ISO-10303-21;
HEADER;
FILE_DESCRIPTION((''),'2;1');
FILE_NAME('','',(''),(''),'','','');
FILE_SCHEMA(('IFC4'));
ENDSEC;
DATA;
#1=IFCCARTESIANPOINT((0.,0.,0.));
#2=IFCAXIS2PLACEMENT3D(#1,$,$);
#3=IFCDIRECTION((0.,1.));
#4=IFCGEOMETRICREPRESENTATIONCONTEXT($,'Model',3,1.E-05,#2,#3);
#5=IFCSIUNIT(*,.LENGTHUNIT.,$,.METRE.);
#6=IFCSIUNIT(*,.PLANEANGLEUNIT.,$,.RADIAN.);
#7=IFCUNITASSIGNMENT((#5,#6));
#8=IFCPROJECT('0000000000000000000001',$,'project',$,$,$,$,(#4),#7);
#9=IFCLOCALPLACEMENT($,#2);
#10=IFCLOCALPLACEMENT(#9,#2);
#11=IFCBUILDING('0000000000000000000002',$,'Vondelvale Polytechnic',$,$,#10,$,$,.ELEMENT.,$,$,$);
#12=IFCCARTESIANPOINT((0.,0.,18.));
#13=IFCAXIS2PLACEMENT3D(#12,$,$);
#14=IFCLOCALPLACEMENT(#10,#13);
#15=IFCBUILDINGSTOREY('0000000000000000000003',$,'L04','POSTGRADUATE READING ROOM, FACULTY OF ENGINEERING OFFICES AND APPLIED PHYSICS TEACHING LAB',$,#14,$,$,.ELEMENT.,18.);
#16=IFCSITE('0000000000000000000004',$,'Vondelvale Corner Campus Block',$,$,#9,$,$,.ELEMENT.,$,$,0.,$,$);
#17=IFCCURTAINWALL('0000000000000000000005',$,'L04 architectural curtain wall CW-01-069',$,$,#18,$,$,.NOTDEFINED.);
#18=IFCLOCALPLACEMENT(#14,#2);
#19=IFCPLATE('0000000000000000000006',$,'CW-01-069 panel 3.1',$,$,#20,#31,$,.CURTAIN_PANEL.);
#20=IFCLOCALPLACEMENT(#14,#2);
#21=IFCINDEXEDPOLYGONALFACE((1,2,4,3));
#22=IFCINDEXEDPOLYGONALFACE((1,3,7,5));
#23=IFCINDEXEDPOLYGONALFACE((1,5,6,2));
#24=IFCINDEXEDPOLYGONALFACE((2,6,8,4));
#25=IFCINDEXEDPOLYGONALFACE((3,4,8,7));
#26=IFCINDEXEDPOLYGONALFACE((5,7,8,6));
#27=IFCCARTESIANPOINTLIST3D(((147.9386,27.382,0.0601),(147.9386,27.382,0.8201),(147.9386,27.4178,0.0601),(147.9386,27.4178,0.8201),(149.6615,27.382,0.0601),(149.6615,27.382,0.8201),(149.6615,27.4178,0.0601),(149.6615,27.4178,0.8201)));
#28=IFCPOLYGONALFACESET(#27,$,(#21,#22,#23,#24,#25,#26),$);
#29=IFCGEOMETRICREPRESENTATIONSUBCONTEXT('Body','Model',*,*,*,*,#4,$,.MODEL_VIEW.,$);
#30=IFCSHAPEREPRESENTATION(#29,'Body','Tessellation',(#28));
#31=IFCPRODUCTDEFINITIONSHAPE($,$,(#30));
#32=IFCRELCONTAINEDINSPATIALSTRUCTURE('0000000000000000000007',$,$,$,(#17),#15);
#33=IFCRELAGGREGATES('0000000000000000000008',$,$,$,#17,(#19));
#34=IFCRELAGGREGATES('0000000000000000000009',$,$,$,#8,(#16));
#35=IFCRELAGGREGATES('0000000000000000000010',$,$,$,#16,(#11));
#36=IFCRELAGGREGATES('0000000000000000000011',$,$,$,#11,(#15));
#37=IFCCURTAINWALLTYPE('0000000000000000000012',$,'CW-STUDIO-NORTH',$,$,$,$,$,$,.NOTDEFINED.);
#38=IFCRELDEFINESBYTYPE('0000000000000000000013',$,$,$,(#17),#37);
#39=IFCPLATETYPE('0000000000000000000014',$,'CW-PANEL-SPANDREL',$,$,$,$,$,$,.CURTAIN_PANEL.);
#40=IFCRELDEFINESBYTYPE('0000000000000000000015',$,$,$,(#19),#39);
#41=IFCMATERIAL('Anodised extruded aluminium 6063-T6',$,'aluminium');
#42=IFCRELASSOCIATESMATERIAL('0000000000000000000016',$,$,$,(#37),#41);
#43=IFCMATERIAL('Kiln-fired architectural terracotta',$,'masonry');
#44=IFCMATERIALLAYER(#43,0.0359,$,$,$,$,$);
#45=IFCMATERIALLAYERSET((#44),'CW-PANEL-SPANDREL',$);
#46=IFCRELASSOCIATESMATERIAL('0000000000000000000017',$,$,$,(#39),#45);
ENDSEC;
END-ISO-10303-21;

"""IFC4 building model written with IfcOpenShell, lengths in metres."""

from ifc_helpers import new_model, si_unit, direction, frame, origin, origin_2d, place, context, subcontext, project, spatial, rectangle, extrude, material, layer, layer_set, type_object, element, aggregate, save


model = new_model("IFC4")

# Units and contexts
model_context = context("Model", 3, precision=1e-05, world=origin(), true_north=direction((0.0, 1.0)))
body_context = subcontext(model_context, "Body", "Model", "MODEL_VIEW")
ifc_project = project(units=[si_unit("LENGTHUNIT", "METRE"), si_unit("PLANEANGLEUNIT", "RADIAN")], contexts=[model_context])

# Site, building, storey
site_placement = place(None, origin())
site = spatial("IfcSite", under=ifc_project, at=site_placement, Name="Vondelvale Corner Campus Block", CompositionType="ELEMENT", RefElevation=0.0)
building_placement = place(site_placement, origin())
building = spatial("IfcBuilding", under=site, at=building_placement, Name="Vondelvale Polytechnic", CompositionType="ELEMENT")
storey_placement = place(building_placement, frame((0.0, 0.0, 18.0)))
storey = spatial("IfcBuildingStorey", under=building, at=storey_placement, Name="L04", Description="POSTGRADUATE READING ROOM, FACULTY OF ENGINEERING OFFICES AND APPLIED PHYSICS TEACHING LAB", CompositionType="ELEMENT", Elevation=18.0)

# Curtain wall
ifc_material_1 = material(Name="Anodised extruded aluminium 6063-T6", Category="aluminium")
curtain_wall_type = type_object("IfcCurtainWallType", Name="CW-STUDIO-NORTH", PredefinedType="NOTDEFINED", material=ifc_material_1)
curtain_wall_placement = place(storey_placement, origin())
curtain_wall = element("IfcCurtainWall", 1, at=curtain_wall_placement, inside=storey, type_object=curtain_wall_type, Name="L04 architectural curtain wall CW-01-069", PredefinedType="NOTDEFINED")

# Plate
ifc_material_2 = material(Name="Kiln-fired architectural terracotta", Category="masonry")
ifc_layer_1 = layer(ifc_material_2, 0.0359)
ifc_layer_set_1 = layer_set([ifc_layer_1], Name="CW-PANEL-SPANDREL")
plate_type_1 = type_object("IfcPlateType", Name="CW-PANEL-SPANDREL", PredefinedType="CURTAIN_PANEL", material=ifc_layer_set_1)
plate_1_placement = place(storey_placement, frame((148.8, 27.3999, 0.0601), z_axis=(0.0, 0.0, 1.0), x_axis=(1.0, 0.0, 0.0)))
plate_1 = element("IfcPlate", 2, at=plate_1_placement, type_object=plate_type_1, Name="CW-01-069 panel 3.1", PredefinedType="CURTAIN_PANEL", context=body_context, shape_type="SweptSolid", body=[
    extrude(rectangle(XDim=1.7229, YDim=0.0359, at=origin_2d()), origin(), (0.0, 0.0, 1.0), 0.76),
])
aggregate(curtain_wall, [plate_1])

save(model, "model.ifc")
